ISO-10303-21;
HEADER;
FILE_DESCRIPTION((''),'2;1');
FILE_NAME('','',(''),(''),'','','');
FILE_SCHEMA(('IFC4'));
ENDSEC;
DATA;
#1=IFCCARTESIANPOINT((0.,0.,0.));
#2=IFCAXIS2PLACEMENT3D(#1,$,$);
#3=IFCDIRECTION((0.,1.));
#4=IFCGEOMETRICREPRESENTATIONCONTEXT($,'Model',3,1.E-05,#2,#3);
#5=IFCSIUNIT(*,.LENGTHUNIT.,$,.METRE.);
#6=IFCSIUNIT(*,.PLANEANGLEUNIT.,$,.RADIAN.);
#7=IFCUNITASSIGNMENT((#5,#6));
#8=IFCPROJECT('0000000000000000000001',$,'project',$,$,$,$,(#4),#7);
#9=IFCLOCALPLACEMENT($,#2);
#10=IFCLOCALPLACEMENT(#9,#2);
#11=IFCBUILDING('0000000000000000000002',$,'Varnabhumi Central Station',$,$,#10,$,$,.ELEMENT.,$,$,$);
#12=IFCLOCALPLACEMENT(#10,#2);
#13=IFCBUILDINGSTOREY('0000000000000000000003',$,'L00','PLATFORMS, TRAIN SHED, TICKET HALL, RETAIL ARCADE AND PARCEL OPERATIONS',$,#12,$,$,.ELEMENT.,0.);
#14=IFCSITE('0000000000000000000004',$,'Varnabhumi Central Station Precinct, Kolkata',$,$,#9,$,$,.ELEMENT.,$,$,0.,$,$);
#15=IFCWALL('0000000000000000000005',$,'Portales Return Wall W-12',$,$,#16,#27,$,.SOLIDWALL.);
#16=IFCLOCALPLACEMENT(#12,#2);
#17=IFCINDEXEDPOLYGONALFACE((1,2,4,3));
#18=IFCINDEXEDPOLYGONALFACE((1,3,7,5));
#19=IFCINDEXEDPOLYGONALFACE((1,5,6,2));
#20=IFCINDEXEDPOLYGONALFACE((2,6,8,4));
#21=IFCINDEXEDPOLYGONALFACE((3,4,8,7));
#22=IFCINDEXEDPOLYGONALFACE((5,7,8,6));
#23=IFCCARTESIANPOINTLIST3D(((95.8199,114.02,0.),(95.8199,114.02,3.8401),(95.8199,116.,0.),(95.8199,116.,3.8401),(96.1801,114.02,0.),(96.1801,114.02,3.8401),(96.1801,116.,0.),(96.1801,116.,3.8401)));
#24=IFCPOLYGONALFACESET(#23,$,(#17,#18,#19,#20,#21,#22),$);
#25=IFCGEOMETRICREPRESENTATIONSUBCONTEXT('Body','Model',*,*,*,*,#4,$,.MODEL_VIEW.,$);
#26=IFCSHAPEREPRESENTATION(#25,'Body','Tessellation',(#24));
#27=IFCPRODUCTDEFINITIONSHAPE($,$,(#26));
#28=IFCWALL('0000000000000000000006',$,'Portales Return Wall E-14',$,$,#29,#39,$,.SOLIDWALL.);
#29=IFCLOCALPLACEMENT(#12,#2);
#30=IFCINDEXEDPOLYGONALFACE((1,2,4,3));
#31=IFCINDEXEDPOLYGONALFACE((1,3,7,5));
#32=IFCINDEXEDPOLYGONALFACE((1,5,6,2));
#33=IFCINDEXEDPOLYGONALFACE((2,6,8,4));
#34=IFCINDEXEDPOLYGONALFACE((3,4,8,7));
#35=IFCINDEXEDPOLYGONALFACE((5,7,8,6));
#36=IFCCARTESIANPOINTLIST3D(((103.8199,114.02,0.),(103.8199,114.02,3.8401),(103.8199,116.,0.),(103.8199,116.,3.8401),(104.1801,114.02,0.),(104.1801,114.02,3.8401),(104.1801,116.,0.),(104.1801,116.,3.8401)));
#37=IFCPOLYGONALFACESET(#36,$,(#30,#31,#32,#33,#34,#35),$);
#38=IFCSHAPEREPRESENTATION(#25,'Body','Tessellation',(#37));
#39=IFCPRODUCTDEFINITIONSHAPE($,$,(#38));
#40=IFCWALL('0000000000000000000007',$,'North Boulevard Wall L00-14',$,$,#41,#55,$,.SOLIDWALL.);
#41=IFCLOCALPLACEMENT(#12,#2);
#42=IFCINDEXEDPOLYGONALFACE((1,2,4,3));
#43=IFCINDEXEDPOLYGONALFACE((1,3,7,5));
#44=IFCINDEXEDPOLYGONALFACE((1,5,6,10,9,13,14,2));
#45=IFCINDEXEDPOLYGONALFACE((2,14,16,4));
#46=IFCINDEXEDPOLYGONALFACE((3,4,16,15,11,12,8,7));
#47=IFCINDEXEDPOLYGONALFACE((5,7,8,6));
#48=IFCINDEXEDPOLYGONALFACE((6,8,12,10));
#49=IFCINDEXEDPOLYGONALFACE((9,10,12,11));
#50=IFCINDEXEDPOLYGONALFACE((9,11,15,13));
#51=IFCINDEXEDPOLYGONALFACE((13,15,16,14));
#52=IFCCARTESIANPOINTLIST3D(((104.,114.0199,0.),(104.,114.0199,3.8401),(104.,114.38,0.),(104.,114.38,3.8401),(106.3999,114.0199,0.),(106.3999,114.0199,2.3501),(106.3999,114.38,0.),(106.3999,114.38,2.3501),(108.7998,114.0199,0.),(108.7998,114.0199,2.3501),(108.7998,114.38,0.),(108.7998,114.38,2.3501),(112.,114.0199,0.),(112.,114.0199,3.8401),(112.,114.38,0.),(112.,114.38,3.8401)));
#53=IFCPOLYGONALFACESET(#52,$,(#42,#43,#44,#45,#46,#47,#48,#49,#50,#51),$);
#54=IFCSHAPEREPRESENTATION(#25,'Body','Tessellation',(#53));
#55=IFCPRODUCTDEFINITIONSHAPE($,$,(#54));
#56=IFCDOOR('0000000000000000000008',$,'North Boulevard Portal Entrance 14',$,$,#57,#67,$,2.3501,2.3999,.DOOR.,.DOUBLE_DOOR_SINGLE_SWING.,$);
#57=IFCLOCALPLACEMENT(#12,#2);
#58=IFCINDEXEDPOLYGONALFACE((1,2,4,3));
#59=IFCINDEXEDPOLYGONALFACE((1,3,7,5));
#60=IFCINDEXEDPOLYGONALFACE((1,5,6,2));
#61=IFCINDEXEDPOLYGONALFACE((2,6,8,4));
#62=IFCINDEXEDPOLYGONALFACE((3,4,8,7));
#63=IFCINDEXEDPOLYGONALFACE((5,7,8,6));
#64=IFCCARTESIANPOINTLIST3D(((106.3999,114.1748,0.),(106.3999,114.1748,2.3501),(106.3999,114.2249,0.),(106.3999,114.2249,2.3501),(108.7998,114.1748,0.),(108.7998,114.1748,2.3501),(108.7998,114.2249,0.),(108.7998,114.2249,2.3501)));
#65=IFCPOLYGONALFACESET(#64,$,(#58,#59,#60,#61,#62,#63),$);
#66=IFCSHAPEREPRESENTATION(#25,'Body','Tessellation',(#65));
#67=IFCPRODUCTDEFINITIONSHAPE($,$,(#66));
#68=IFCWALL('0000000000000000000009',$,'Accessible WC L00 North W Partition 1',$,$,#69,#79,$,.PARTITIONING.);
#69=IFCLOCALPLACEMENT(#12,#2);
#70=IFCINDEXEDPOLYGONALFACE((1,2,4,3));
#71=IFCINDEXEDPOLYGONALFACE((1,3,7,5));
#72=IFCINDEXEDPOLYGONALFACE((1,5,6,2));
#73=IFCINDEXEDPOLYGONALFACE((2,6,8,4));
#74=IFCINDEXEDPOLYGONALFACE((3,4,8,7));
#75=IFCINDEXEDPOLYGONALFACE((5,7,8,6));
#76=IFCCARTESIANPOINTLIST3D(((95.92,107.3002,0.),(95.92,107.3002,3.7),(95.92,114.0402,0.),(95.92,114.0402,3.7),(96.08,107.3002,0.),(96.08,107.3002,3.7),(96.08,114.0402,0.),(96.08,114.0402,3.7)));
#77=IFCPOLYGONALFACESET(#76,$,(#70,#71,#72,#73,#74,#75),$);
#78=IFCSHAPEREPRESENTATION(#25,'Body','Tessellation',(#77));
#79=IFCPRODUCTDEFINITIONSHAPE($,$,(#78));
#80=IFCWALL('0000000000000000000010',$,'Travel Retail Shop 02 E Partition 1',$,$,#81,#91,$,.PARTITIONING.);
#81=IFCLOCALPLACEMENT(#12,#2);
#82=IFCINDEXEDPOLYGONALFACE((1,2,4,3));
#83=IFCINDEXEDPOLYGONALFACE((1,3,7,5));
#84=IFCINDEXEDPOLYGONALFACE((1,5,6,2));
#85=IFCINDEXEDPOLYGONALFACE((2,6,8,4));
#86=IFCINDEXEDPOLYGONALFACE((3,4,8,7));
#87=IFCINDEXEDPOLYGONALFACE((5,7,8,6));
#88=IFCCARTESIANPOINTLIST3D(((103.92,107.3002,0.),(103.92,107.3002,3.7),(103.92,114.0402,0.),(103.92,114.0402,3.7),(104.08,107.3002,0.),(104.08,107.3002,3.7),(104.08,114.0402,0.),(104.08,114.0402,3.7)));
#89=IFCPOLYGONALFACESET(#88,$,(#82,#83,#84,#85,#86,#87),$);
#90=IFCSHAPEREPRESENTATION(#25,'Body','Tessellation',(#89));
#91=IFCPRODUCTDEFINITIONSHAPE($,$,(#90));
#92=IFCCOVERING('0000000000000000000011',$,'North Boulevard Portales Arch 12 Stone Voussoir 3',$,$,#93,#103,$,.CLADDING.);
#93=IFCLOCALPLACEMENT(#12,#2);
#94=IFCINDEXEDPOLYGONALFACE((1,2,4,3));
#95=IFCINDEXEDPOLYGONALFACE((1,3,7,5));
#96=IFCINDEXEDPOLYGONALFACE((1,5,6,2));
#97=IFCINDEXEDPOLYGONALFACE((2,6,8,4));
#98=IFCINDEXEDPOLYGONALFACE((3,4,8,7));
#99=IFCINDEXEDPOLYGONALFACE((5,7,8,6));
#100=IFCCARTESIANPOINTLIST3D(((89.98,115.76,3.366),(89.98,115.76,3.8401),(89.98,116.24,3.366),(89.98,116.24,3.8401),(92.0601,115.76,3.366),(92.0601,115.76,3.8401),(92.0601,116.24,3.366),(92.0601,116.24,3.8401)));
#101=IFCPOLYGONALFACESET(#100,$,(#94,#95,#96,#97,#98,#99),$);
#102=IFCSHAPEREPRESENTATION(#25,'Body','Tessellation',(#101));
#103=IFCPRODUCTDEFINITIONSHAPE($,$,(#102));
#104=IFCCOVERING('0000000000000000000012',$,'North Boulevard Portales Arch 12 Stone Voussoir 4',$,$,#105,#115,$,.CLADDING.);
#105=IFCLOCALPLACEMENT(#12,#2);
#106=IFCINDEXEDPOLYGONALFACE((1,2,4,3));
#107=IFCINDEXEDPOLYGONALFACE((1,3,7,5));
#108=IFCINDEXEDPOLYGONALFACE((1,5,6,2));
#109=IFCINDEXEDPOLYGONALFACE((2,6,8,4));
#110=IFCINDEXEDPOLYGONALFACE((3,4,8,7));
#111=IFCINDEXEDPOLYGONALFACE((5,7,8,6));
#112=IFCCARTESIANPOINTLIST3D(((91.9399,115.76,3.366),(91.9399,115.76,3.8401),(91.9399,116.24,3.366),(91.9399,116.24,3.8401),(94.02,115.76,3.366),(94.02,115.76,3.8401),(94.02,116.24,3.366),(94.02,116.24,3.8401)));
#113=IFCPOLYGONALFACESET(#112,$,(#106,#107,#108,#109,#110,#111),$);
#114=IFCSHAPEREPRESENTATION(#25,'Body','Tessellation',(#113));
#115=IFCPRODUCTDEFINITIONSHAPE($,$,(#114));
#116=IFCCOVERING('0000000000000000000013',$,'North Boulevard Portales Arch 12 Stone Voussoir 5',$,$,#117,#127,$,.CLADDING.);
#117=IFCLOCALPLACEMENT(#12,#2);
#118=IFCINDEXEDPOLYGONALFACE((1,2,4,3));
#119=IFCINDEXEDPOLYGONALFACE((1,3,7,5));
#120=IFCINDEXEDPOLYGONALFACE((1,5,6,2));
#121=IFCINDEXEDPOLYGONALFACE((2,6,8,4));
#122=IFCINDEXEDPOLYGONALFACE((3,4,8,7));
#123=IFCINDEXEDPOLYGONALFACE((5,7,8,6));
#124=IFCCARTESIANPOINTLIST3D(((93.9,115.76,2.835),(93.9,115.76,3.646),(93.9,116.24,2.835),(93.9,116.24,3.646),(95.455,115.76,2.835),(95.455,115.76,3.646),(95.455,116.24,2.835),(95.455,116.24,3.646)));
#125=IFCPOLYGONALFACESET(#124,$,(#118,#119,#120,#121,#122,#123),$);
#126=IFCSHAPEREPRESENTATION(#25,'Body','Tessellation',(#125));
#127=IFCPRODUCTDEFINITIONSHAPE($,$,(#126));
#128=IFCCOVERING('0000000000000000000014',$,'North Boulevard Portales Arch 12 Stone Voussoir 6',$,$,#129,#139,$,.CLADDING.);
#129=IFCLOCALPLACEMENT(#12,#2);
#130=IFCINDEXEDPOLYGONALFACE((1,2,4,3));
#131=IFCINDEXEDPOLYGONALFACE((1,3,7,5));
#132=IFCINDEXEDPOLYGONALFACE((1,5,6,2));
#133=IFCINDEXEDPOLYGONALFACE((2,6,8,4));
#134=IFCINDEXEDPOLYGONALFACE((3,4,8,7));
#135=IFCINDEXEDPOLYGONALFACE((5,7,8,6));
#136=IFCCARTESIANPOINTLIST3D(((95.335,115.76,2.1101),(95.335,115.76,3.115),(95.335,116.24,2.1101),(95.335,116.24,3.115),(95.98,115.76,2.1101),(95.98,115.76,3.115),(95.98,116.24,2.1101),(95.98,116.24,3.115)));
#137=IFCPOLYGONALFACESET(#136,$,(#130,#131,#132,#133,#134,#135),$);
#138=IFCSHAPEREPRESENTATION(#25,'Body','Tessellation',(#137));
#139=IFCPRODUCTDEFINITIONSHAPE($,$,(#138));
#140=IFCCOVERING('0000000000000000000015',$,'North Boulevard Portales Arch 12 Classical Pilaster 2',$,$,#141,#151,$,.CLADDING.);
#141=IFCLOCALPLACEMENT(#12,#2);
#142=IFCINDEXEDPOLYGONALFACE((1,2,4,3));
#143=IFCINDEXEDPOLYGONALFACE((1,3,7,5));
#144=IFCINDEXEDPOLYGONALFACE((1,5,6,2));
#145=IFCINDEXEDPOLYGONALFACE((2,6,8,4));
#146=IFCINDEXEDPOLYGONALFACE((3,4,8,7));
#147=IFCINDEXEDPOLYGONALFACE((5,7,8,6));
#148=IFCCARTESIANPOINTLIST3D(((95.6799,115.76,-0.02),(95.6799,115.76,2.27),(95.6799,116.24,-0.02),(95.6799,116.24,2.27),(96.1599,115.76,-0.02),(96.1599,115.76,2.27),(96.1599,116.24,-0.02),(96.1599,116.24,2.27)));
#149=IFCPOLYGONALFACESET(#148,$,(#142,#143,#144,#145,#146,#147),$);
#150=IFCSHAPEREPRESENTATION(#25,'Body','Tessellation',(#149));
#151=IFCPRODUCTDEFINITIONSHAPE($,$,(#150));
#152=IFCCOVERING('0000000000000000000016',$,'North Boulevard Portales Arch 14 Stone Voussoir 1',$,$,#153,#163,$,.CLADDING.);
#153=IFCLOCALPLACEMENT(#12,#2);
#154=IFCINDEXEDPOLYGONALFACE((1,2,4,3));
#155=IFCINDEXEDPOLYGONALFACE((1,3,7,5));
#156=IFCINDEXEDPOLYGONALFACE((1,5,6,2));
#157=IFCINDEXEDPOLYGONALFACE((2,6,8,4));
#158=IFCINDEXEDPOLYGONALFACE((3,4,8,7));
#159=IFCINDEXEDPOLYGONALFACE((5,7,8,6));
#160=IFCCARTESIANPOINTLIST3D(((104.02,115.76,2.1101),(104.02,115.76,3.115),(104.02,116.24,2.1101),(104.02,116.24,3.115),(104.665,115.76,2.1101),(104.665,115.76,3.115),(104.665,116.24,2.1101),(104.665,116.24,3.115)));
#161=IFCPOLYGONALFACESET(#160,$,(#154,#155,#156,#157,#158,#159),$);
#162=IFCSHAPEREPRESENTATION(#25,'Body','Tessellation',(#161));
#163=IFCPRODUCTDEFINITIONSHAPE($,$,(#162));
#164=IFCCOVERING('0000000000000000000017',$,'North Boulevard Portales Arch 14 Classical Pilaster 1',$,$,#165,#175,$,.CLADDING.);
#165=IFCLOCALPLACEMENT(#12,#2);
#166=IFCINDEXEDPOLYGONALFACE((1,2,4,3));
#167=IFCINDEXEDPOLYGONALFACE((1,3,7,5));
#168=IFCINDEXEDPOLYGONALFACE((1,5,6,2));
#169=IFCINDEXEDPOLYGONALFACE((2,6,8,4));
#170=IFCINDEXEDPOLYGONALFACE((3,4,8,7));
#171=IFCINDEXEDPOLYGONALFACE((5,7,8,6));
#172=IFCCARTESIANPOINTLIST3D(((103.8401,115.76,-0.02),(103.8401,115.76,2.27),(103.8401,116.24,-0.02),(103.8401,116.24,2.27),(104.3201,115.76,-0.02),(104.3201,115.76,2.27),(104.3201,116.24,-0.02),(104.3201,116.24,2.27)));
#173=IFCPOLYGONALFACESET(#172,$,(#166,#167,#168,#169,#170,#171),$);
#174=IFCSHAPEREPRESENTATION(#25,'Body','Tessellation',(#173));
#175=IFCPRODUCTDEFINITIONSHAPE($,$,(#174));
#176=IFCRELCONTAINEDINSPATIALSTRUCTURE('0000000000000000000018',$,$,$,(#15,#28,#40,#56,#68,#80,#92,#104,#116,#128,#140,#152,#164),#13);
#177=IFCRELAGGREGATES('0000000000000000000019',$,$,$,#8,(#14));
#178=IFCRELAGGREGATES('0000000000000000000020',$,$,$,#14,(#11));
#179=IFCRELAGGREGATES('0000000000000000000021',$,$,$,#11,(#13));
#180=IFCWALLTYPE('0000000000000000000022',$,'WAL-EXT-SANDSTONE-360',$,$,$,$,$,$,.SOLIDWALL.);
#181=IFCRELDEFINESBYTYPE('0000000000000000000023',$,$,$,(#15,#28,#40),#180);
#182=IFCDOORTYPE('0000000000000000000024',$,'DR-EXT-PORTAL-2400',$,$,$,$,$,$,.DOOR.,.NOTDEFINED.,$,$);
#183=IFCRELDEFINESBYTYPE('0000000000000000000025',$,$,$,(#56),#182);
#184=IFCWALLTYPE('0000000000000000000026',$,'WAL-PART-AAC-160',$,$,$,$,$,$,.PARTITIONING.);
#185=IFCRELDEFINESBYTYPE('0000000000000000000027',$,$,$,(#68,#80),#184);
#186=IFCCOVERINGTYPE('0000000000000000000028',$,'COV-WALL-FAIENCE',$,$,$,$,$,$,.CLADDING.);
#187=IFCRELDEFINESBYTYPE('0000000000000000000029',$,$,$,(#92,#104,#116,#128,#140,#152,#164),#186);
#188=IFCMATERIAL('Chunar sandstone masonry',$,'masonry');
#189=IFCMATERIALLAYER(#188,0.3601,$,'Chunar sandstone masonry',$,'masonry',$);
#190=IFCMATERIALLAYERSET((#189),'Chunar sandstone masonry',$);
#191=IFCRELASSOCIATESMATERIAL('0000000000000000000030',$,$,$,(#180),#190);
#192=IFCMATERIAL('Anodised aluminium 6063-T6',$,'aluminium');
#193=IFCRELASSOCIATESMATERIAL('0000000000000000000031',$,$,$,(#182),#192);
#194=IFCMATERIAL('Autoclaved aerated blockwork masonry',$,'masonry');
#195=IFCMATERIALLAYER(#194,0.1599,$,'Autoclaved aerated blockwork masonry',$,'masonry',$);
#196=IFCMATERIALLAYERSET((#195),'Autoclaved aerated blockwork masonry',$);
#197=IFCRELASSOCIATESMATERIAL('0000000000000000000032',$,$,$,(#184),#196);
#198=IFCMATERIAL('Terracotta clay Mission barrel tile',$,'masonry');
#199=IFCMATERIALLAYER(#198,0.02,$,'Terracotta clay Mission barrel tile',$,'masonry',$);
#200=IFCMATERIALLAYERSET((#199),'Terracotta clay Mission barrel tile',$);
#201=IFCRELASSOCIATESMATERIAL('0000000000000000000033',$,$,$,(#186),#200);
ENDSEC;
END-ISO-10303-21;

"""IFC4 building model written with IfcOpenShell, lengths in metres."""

from ifc_helpers import new_model, si_unit, direction, frame, frame_2d, origin, origin_2d, place, context, subcontext, project, spatial, rectangle, extrude, material, layer, layer_set, type_object, element, fill, save


model = new_model("IFC4")

# Units and contexts
model_context = context("Model", 3, precision=1e-05, world=origin(), true_north=direction((0.0, 1.0)))
body_context = subcontext(model_context, "Body", "Model", "MODEL_VIEW")
ifc_project = project(units=[si_unit("LENGTHUNIT", "METRE"), si_unit("PLANEANGLEUNIT", "RADIAN")], contexts=[model_context])

# Site, building, storey
site_placement = place(None, origin())
site = spatial("IfcSite", under=ifc_project, at=site_placement, Name="Varnabhumi Central Station Precinct, Kolkata", CompositionType="ELEMENT", RefElevation=0.0)
building_placement = place(site_placement, origin())
building = spatial("IfcBuilding", under=site, at=building_placement, Name="Varnabhumi Central Station", CompositionType="ELEMENT")
storey_placement = place(building_placement, origin())
storey = spatial("IfcBuildingStorey", under=building, at=storey_placement, Name="L00", Description="PLATFORMS, TRAIN SHED, TICKET HALL, RETAIL ARCADE AND PARCEL OPERATIONS", CompositionType="ELEMENT", Elevation=0.0)

# Walls
ifc_material_1 = material(Name="Chunar sandstone masonry", Category="masonry")
ifc_layer_1 = layer(ifc_material_1, 0.3601, Name="Chunar sandstone masonry", Category="masonry")
ifc_layer_set_1 = layer_set([ifc_layer_1], Name="Chunar sandstone masonry")
wall_type_1 = type_object("IfcWallType", Name="WAL-EXT-SANDSTONE-360", PredefinedType="SOLIDWALL", material=ifc_layer_set_1)
for number, where, z_axis, x_axis, name in (
    (1, (96.0, 114.02, 0.0), (0.0, 0.0, 1.0), (0.0, 1.0, 0.0), "Portales Return Wall W-12"),
    (2, (104.0, 114.02, 0.0), (0.0, 0.0, 1.0), (0.0, 1.0, 0.0), "Portales Return Wall E-14"),
):
    element("IfcWall", number, at=place(storey_placement, frame(where, z_axis=z_axis, x_axis=x_axis)), inside=storey, type_object=wall_type_1, Name=name, PredefinedType="SOLIDWALL", context=body_context, shape_type="SweptSolid", body=[
        extrude(rectangle(XDim=1.98, YDim=0.3601, at=frame_2d((0.99, 0.0))), origin(), (0.0, 0.0, 1.0), 3.8401),
    ])

# Wall, opening, door
wall_placement = place(storey_placement, frame((104.0, 114.2, 0.0), z_axis=(0.0, 0.0, 1.0), x_axis=(1.0, 0.0, 0.0)))
wall = element("IfcWall", 3, at=wall_placement, inside=storey, type_object=wall_type_1, Name="North Boulevard Wall L00-14", PredefinedType="SOLIDWALL", context=body_context, shape_type="SweptSolid", body=[
    extrude(rectangle(XDim=8.0, YDim=0.3601, at=frame_2d((4.0, 0.0))), origin(), (0.0, 0.0, 1.0), 3.8401),
])
opening_placement = place(wall_placement, frame((2.3999, 0.0, 0.0)))
opening = element("IfcOpeningElement", 4, at=opening_placement, cuts=wall, PredefinedType="OPENING", context=body_context, shape_type="SweptSolid", body=[
    extrude(rectangle(XDim=2.3999, YDim=2.3501, at=frame_2d((1.2, 1.175))), frame((0.0, 0.1899, 0.0), z_axis=(0.0, -1.0, 0.0), x_axis=(1.0, 0.0, 0.0)), (0.0, 0.0, 1.0), 0.3801),
])
ifc_material_2 = material(Name="Anodised aluminium 6063-T6", Category="aluminium")
door_type = type_object("IfcDoorType", Name="DR-EXT-PORTAL-2400", OperationType="NOTDEFINED", PredefinedType="DOOR", material=ifc_material_2)
door_placement = place(opening_placement, origin())
door = element("IfcDoor", 5, at=door_placement, inside=storey, type_object=door_type, Name="North Boulevard Portal Entrance 14", OperationType="DOUBLE_DOOR_SINGLE_SWING", OverallHeight=2.3501, OverallWidth=2.3999, PredefinedType="DOOR", context=body_context, shape_type="SweptSolid", body=[
    extrude(rectangle(XDim=2.3999, YDim=2.3501, at=frame_2d((1.2, 1.175))), frame((0.0, 0.0249, 0.0), z_axis=(0.0, -1.0, 0.0), x_axis=(1.0, 0.0, 0.0)), (0.0, 0.0, 1.0), 0.05),
])
fill(opening, door)

# Walls
ifc_material_3 = material(Name="Autoclaved aerated blockwork masonry", Category="masonry")
ifc_layer_2 = layer(ifc_material_3, 0.1599, Name="Autoclaved aerated blockwork masonry", Category="masonry")
ifc_layer_set_2 = layer_set([ifc_layer_2], Name="Autoclaved aerated blockwork masonry")
wall_type_2 = type_object("IfcWallType", Name="WAL-PART-AAC-160", PredefinedType="PARTITIONING", material=ifc_layer_set_2)
for number, where, z_axis, x_axis, name in (
    (6, (96.0, 107.3, 0.0), (0.0, 0.0, 1.0), (0.0, 1.0, 0.0), "Accessible WC L00 North W Partition 1"),
    (7, (104.0, 107.3, 0.0), (0.0, 0.0, 1.0), (0.0, 1.0, 0.0), "Travel Retail Shop 02 E Partition 1"),
):
    element("IfcWall", number, at=place(storey_placement, frame(where, z_axis=z_axis, x_axis=x_axis)), inside=storey, type_object=wall_type_2, Name=name, PredefinedType="PARTITIONING", context=body_context, shape_type="SweptSolid", body=[
        extrude(rectangle(XDim=6.74, YDim=0.1599, at=frame_2d((3.3701, 0.0))), origin(), (0.0, 0.0, 1.0), 3.7),
    ])

# Coverings
ifc_material_4 = material(Name="Terracotta clay Mission barrel tile", Category="masonry")
ifc_layer_3 = layer(ifc_material_4, 0.02, Name="Terracotta clay Mission barrel tile", Category="masonry")
ifc_layer_set_3 = layer_set([ifc_layer_3], Name="Terracotta clay Mission barrel tile")
covering_type = type_object("IfcCoveringType", Name="COV-WALL-FAIENCE", PredefinedType="CLADDING", material=ifc_layer_set_3)
for number, where, z_axis, x_axis, name in (
    (8, (91.02, 116.0, 3.366), (0.0, 0.0, 1.0), (1.0, 0.0, 0.0), "North Boulevard Portales Arch 12 Stone Voussoir 3"),
    (9, (92.98, 116.0, 3.366), (0.0, 0.0, 1.0), (1.0, 0.0, 0.0), "North Boulevard Portales Arch 12 Stone Voussoir 4"),
):
    element("IfcCovering", number, at=place(storey_placement, frame(where, z_axis=z_axis, x_axis=x_axis)), inside=storey, type_object=covering_type, Name=name, PredefinedType="CLADDING", context=body_context, shape_type="SweptSolid", body=[
        extrude(rectangle(XDim=2.0801, YDim=0.48, at=origin_2d()), origin(), (0.0, 0.0, 1.0), 0.4741),
    ])
covering_1_placement = place(storey_placement, frame((94.6775, 116.0, 2.835), z_axis=(0.0, 0.0, 1.0), x_axis=(1.0, 0.0, 0.0)))
element("IfcCovering", 10, at=covering_1_placement, inside=storey, type_object=covering_type, Name="North Boulevard Portales Arch 12 Stone Voussoir 5", PredefinedType="CLADDING", context=body_context, shape_type="SweptSolid", body=[
    extrude(rectangle(XDim=1.5549, YDim=0.48, at=origin_2d()), origin(), (0.0, 0.0, 1.0), 0.811),
])
covering_2_placement = place(storey_placement, frame((95.6575, 116.0, 2.1101), z_axis=(0.0, 0.0, 1.0), x_axis=(1.0, 0.0, 0.0)))
element("IfcCovering", 11, at=covering_2_placement, inside=storey, type_object=covering_type, Name="North Boulevard Portales Arch 12 Stone Voussoir 6", PredefinedType="CLADDING", context=body_context, shape_type="SweptSolid", body=[
    extrude(rectangle(XDim=0.645, YDim=0.48, at=origin_2d()), origin(), (0.0, 0.0, 1.0), 1.0049),
])
covering_3_placement = place(storey_placement, frame((95.9199, 116.0, -0.02), z_axis=(0.0, 0.0, 1.0), x_axis=(1.0, 0.0, 0.0)))
element("IfcCovering", 12, at=covering_3_placement, inside=storey, type_object=covering_type, Name="North Boulevard Portales Arch 12 Classical Pilaster 2", PredefinedType="CLADDING", context=body_context, shape_type="SweptSolid", body=[
    extrude(rectangle(XDim=0.48, YDim=0.48, at=origin_2d()), origin(), (0.0, 0.0, 1.0), 2.29),
])
covering_4_placement = place(storey_placement, frame((104.3425, 116.0, 2.1101), z_axis=(0.0, 0.0, 1.0), x_axis=(1.0, 0.0, 0.0)))
element("IfcCovering", 13, at=covering_4_placement, inside=storey, type_object=covering_type, Name="North Boulevard Portales Arch 14 Stone Voussoir 1", PredefinedType="CLADDING", context=body_context, shape_type="SweptSolid", body=[
    extrude(rectangle(XDim=0.645, YDim=0.48, at=origin_2d()), origin(), (0.0, 0.0, 1.0), 1.0049),
])
covering_5_placement = place(storey_placement, frame((104.0801, 116.0, -0.02), z_axis=(0.0, 0.0, 1.0), x_axis=(1.0, 0.0, 0.0)))
element("IfcCovering", 14, at=covering_5_placement, inside=storey, type_object=covering_type, Name="North Boulevard Portales Arch 14 Classical Pilaster 1", PredefinedType="CLADDING", context=body_context, shape_type="SweptSolid", body=[
    extrude(rectangle(XDim=0.48, YDim=0.48, at=origin_2d()), origin(), (0.0, 0.0, 1.0), 2.29),
])

save(model, "model.ifc")
